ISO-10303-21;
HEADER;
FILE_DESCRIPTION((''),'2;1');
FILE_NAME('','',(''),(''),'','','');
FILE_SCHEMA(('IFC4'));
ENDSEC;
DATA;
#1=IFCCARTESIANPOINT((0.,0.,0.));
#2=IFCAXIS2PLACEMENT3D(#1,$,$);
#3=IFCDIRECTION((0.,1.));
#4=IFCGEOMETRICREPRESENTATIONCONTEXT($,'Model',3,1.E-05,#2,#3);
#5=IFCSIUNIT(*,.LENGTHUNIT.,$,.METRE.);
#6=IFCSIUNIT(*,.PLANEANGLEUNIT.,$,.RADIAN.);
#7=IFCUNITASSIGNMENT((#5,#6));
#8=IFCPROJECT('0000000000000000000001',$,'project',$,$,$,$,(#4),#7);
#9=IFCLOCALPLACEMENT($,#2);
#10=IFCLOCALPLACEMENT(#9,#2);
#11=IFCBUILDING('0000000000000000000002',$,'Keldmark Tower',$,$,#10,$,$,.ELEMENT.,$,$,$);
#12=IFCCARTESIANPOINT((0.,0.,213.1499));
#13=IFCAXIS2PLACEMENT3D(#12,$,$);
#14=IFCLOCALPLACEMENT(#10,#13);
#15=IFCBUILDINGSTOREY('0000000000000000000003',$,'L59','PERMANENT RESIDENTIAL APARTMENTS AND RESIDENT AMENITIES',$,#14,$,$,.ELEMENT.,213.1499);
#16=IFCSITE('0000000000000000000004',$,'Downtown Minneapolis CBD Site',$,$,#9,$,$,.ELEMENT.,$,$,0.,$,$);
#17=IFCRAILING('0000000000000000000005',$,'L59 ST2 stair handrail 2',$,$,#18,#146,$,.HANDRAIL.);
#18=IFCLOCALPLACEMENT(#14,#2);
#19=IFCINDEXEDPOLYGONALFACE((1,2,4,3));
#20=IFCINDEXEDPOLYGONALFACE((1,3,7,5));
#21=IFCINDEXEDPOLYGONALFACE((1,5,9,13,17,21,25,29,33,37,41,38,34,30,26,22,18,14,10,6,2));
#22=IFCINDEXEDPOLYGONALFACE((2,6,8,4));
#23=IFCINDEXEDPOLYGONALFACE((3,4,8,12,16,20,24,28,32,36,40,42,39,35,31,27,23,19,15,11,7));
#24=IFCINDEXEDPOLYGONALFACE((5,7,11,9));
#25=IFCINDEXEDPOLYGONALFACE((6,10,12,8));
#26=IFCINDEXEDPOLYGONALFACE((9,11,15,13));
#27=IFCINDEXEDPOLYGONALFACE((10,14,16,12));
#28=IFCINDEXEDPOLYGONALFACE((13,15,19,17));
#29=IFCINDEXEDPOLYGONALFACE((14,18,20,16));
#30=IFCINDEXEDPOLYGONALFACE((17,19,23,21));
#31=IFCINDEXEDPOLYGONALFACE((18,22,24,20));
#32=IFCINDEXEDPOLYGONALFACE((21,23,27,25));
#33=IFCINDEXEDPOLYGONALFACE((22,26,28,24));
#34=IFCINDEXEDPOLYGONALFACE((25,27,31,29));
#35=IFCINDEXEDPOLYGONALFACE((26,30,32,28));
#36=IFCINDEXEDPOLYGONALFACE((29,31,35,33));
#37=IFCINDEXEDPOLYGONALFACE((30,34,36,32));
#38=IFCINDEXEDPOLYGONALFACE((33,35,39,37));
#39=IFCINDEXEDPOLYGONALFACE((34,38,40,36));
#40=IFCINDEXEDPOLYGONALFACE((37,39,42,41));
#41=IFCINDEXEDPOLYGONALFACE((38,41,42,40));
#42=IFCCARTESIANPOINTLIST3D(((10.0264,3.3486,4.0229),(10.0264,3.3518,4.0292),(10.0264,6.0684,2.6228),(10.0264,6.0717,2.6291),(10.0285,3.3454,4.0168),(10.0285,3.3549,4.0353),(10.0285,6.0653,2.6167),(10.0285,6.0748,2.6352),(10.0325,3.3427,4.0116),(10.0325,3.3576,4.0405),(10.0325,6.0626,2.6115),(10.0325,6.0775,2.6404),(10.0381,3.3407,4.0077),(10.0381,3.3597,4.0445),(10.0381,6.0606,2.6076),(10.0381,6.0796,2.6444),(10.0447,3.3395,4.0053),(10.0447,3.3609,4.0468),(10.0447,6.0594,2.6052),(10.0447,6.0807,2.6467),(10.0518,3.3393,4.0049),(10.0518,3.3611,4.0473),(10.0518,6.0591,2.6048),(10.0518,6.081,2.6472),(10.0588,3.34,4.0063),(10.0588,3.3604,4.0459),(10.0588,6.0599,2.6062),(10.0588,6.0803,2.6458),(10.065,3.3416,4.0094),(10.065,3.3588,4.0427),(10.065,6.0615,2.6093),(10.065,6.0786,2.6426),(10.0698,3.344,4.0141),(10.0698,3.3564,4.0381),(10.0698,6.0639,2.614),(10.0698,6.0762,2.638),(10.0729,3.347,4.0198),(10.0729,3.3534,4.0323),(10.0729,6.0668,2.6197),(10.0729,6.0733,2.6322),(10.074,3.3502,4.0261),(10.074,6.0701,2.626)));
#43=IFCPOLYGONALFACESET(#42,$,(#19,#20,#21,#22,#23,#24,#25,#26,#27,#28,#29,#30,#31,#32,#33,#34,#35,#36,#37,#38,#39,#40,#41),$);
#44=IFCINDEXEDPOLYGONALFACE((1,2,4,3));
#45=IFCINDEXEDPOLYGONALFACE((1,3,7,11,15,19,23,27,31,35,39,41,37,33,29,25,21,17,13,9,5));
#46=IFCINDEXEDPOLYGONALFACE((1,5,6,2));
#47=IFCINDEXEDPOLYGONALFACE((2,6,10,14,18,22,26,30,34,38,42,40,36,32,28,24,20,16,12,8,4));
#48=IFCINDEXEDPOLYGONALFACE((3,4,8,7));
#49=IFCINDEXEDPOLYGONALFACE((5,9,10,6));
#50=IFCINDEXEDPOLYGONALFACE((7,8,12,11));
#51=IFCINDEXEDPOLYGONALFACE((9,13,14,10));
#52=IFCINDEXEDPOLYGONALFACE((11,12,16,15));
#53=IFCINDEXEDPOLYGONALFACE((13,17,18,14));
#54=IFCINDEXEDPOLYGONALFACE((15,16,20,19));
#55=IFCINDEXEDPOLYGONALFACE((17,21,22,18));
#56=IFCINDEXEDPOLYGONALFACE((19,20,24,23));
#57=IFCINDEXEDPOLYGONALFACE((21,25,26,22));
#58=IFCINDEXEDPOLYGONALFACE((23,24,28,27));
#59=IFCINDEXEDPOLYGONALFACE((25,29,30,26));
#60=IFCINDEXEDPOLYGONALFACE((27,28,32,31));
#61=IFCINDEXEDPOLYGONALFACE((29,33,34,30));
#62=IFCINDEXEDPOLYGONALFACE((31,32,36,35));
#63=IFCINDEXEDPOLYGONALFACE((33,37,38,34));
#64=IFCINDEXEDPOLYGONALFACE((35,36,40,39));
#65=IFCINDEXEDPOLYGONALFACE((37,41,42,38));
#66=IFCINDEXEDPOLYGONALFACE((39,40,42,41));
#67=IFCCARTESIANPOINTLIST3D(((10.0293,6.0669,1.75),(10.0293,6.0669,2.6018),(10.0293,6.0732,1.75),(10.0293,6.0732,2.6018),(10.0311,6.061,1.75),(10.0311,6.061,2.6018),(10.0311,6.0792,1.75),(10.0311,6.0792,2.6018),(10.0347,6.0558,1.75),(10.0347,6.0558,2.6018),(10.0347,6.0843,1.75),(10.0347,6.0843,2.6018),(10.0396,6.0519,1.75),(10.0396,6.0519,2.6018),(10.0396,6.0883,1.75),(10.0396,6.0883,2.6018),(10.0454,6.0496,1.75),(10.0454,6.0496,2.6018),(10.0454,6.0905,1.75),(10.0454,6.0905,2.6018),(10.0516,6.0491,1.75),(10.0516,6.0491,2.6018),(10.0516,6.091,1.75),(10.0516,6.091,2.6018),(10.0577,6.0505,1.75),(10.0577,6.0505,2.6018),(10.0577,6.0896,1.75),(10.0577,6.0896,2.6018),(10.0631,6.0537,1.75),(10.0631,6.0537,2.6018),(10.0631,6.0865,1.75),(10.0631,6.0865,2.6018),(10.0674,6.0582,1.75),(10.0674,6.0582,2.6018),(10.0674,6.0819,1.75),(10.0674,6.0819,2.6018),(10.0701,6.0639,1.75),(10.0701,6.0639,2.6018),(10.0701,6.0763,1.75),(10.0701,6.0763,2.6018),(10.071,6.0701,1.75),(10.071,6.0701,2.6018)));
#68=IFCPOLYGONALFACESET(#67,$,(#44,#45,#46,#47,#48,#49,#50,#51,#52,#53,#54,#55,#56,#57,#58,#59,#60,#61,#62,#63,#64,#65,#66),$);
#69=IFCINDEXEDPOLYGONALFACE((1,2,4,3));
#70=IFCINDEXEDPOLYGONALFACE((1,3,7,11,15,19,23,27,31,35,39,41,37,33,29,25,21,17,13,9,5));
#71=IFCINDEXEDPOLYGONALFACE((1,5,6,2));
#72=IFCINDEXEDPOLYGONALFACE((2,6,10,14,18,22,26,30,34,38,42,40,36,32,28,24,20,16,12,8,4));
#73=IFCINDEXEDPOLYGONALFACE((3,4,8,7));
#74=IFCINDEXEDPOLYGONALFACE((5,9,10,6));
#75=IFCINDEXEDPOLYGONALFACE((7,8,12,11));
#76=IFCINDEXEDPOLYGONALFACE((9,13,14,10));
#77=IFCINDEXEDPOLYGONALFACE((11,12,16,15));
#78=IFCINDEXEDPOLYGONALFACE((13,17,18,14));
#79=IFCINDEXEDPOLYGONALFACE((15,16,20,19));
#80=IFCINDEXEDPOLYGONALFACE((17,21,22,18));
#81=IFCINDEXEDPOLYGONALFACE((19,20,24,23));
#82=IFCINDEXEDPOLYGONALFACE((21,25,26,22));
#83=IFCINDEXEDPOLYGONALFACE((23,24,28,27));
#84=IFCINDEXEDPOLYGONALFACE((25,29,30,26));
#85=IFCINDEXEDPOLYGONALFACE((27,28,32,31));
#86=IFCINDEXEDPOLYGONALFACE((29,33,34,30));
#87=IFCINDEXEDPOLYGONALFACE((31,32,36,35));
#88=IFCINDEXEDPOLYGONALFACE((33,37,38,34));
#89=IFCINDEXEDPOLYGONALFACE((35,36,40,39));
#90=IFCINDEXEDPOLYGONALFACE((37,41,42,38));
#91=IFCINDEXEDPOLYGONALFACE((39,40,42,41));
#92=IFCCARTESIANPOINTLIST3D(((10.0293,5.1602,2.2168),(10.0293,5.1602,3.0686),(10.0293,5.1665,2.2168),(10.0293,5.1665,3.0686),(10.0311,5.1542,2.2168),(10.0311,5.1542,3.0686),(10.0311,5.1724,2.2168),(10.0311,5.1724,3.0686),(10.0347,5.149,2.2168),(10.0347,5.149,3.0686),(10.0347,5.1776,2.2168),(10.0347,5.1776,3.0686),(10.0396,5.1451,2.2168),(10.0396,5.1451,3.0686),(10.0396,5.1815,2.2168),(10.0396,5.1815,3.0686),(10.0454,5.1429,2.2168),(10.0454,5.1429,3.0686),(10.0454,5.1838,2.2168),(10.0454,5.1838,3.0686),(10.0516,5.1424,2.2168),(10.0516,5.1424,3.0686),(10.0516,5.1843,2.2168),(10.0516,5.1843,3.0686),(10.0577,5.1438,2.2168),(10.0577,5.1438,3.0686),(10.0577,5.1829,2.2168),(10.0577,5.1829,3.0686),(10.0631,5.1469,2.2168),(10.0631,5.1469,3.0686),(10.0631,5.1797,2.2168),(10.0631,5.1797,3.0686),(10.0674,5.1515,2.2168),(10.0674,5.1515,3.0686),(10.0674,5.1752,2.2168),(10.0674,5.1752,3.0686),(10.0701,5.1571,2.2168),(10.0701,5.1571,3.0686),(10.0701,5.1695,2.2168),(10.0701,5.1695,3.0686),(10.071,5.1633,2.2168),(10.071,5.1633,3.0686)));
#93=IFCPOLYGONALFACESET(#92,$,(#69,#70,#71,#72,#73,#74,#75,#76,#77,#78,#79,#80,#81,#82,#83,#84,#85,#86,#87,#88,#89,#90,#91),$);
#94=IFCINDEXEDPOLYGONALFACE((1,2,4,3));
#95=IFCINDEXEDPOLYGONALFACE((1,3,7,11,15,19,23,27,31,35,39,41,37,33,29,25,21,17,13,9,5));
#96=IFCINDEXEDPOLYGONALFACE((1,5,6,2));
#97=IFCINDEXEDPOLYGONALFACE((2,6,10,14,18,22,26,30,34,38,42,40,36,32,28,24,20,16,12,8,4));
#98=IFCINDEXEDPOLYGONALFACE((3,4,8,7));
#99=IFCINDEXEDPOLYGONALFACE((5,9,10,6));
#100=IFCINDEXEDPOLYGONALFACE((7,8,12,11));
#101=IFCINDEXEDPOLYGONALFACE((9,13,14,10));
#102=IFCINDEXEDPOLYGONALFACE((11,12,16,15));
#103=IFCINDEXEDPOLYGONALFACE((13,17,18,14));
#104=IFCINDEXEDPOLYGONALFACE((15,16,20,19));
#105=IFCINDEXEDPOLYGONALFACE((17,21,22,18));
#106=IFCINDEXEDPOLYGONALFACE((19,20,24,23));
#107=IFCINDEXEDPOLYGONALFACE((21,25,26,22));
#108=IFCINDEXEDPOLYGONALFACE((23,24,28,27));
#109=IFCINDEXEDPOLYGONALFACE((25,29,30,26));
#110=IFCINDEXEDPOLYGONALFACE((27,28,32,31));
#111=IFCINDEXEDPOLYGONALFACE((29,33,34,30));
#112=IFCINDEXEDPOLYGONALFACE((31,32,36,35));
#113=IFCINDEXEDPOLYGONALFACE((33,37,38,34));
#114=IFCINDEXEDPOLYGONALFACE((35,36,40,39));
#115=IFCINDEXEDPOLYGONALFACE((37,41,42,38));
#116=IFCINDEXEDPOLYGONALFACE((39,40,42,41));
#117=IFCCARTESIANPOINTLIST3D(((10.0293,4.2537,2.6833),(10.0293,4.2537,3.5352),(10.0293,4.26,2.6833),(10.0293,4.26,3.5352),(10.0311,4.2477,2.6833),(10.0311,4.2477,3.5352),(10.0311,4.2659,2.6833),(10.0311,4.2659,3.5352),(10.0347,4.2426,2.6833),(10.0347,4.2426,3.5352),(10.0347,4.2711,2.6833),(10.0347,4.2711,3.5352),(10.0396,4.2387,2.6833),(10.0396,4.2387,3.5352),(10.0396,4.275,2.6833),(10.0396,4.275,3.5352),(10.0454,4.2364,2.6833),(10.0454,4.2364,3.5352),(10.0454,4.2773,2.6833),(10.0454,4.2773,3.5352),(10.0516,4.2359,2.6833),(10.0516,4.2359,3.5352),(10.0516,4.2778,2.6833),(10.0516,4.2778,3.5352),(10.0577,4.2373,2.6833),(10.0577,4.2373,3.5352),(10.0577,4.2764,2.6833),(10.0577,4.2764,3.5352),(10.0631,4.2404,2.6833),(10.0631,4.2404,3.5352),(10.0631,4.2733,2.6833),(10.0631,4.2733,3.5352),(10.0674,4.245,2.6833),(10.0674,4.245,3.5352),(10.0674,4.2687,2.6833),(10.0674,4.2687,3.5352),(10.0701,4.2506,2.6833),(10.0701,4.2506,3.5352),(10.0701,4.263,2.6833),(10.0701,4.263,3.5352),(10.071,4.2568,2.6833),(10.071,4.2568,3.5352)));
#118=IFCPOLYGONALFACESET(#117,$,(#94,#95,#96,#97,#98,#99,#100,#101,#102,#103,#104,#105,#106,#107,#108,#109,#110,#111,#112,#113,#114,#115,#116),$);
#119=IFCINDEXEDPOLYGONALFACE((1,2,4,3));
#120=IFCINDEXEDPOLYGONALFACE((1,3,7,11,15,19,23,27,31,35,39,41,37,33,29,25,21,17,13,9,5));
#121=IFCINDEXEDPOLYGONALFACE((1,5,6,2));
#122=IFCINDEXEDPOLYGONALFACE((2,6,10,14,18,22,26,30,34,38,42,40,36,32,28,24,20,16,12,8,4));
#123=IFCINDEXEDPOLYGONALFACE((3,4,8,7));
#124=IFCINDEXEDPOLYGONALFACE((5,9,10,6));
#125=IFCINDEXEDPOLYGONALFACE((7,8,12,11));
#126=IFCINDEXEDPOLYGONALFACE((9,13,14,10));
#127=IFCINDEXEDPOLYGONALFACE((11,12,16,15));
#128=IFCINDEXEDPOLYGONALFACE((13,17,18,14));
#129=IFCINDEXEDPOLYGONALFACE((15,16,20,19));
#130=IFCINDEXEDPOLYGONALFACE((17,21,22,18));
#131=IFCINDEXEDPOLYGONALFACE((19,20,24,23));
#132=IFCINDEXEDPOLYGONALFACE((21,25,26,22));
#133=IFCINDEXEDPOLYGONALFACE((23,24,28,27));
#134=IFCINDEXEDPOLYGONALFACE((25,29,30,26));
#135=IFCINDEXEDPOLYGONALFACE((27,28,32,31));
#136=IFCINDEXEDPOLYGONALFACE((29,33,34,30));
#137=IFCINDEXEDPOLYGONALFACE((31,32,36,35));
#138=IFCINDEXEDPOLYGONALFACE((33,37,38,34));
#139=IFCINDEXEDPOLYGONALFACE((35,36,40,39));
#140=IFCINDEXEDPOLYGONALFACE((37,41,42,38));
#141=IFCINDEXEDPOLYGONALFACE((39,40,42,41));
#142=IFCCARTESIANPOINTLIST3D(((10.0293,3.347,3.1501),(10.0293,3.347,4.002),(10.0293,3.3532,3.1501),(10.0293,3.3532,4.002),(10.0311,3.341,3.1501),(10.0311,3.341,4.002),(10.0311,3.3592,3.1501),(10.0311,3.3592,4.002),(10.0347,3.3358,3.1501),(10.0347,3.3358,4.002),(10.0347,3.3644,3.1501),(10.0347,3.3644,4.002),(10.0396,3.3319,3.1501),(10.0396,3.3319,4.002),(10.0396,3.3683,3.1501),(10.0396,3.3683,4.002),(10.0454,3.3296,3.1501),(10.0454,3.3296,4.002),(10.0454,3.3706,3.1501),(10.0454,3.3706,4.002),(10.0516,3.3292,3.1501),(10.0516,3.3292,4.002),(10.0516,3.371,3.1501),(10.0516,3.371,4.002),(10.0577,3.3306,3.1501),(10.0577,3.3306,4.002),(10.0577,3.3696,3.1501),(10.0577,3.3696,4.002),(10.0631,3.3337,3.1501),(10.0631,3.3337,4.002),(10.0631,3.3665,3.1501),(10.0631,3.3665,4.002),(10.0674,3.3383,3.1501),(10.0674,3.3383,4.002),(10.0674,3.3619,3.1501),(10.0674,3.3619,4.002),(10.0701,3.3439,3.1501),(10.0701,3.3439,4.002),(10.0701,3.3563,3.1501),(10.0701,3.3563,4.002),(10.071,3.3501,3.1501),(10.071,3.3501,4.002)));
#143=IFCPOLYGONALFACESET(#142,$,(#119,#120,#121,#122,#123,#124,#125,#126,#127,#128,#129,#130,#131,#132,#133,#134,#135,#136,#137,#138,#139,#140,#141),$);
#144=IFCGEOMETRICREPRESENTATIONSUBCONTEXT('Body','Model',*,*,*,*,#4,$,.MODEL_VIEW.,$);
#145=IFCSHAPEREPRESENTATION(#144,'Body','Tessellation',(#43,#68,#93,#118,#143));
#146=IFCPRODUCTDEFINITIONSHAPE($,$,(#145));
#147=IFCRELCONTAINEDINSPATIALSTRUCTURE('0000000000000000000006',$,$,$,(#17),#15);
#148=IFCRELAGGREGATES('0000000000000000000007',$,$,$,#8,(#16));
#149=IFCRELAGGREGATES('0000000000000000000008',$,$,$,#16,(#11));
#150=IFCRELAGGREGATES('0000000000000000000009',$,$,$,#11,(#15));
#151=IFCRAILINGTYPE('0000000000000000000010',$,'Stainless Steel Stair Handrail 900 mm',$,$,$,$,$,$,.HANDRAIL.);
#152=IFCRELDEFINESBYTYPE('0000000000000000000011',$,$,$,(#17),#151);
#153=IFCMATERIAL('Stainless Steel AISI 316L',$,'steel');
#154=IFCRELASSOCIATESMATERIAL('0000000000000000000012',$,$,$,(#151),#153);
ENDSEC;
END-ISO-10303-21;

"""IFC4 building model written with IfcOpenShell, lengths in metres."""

from ifc_helpers import new_model, si_unit, direction, frame, origin, origin_2d, place, context, subcontext, project, spatial, circle, extrude, material, type_object, element, save


model = new_model("IFC4")

# Units and contexts
model_context = context("Model", 3, precision=1e-05, world=origin(), true_north=direction((0.0, 1.0)))
body_context = subcontext(model_context, "Body", "Model", "MODEL_VIEW")
ifc_project = project(units=[si_unit("LENGTHUNIT", "METRE"), si_unit("PLANEANGLEUNIT", "RADIAN")], contexts=[model_context])

# Site, building, storey
site_placement = place(None, origin())
site = spatial("IfcSite", under=ifc_project, at=site_placement, Name="Downtown Minneapolis CBD Site", CompositionType="ELEMENT", RefElevation=0.0)
building_placement = place(site_placement, origin())
building = spatial("IfcBuilding", under=site, at=building_placement, Name="Keldmark Tower", CompositionType="ELEMENT")
storey_placement = place(building_placement, frame((0.0, 0.0, 213.1499)))
storey = spatial("IfcBuildingStorey", under=building, at=storey_placement, Name="L59", Description="PERMANENT RESIDENTIAL APARTMENTS AND RESIDENT AMENITIES", CompositionType="ELEMENT", Elevation=213.1499)

# Railing
ifc_material_1 = material(Name="Stainless Steel AISI 316L", Category="steel")
railing_type = type_object("IfcRailingType", Name="Stainless Steel Stair Handrail 900 mm", PredefinedType="HANDRAIL", material=ifc_material_1)
railing_placement = place(storey_placement, frame((10.05, 6.0701, 1.75)))
element("IfcRailing", 1, at=railing_placement, inside=storey, type_object=railing_type, Name="L59 ST2 stair handrail 2", PredefinedType="HANDRAIL", context=body_context, shape_type="SweptSolid", body=[
    extrude(circle(Radius=0.0239, at=origin_2d()), frame((0.0, 0.0, 0.876), z_axis=(0.0, -0.889114, 0.457685), x_axis=(1.0, 0.0, 0.0)), (0.0, 0.0, 1.0), 3.0591),
    extrude(circle(Radius=0.021, at=origin_2d()), origin(), (0.0, 0.0, 1.0), 0.8518),
    extrude(circle(Radius=0.021, at=origin_2d()), frame((0.0, -0.9067, 0.4668)), (0.0, 0.0, 1.0), 0.8518),
    extrude(circle(Radius=0.021, at=origin_2d()), frame((0.0, -1.8132, 0.9333)), (0.0, 0.0, 1.0), 0.8518),
    extrude(circle(Radius=0.021, at=origin_2d()), frame((0.0, -2.72, 1.4001)), (0.0, 0.0, 1.0), 0.8518),
])

save(model, "model.ifc")
